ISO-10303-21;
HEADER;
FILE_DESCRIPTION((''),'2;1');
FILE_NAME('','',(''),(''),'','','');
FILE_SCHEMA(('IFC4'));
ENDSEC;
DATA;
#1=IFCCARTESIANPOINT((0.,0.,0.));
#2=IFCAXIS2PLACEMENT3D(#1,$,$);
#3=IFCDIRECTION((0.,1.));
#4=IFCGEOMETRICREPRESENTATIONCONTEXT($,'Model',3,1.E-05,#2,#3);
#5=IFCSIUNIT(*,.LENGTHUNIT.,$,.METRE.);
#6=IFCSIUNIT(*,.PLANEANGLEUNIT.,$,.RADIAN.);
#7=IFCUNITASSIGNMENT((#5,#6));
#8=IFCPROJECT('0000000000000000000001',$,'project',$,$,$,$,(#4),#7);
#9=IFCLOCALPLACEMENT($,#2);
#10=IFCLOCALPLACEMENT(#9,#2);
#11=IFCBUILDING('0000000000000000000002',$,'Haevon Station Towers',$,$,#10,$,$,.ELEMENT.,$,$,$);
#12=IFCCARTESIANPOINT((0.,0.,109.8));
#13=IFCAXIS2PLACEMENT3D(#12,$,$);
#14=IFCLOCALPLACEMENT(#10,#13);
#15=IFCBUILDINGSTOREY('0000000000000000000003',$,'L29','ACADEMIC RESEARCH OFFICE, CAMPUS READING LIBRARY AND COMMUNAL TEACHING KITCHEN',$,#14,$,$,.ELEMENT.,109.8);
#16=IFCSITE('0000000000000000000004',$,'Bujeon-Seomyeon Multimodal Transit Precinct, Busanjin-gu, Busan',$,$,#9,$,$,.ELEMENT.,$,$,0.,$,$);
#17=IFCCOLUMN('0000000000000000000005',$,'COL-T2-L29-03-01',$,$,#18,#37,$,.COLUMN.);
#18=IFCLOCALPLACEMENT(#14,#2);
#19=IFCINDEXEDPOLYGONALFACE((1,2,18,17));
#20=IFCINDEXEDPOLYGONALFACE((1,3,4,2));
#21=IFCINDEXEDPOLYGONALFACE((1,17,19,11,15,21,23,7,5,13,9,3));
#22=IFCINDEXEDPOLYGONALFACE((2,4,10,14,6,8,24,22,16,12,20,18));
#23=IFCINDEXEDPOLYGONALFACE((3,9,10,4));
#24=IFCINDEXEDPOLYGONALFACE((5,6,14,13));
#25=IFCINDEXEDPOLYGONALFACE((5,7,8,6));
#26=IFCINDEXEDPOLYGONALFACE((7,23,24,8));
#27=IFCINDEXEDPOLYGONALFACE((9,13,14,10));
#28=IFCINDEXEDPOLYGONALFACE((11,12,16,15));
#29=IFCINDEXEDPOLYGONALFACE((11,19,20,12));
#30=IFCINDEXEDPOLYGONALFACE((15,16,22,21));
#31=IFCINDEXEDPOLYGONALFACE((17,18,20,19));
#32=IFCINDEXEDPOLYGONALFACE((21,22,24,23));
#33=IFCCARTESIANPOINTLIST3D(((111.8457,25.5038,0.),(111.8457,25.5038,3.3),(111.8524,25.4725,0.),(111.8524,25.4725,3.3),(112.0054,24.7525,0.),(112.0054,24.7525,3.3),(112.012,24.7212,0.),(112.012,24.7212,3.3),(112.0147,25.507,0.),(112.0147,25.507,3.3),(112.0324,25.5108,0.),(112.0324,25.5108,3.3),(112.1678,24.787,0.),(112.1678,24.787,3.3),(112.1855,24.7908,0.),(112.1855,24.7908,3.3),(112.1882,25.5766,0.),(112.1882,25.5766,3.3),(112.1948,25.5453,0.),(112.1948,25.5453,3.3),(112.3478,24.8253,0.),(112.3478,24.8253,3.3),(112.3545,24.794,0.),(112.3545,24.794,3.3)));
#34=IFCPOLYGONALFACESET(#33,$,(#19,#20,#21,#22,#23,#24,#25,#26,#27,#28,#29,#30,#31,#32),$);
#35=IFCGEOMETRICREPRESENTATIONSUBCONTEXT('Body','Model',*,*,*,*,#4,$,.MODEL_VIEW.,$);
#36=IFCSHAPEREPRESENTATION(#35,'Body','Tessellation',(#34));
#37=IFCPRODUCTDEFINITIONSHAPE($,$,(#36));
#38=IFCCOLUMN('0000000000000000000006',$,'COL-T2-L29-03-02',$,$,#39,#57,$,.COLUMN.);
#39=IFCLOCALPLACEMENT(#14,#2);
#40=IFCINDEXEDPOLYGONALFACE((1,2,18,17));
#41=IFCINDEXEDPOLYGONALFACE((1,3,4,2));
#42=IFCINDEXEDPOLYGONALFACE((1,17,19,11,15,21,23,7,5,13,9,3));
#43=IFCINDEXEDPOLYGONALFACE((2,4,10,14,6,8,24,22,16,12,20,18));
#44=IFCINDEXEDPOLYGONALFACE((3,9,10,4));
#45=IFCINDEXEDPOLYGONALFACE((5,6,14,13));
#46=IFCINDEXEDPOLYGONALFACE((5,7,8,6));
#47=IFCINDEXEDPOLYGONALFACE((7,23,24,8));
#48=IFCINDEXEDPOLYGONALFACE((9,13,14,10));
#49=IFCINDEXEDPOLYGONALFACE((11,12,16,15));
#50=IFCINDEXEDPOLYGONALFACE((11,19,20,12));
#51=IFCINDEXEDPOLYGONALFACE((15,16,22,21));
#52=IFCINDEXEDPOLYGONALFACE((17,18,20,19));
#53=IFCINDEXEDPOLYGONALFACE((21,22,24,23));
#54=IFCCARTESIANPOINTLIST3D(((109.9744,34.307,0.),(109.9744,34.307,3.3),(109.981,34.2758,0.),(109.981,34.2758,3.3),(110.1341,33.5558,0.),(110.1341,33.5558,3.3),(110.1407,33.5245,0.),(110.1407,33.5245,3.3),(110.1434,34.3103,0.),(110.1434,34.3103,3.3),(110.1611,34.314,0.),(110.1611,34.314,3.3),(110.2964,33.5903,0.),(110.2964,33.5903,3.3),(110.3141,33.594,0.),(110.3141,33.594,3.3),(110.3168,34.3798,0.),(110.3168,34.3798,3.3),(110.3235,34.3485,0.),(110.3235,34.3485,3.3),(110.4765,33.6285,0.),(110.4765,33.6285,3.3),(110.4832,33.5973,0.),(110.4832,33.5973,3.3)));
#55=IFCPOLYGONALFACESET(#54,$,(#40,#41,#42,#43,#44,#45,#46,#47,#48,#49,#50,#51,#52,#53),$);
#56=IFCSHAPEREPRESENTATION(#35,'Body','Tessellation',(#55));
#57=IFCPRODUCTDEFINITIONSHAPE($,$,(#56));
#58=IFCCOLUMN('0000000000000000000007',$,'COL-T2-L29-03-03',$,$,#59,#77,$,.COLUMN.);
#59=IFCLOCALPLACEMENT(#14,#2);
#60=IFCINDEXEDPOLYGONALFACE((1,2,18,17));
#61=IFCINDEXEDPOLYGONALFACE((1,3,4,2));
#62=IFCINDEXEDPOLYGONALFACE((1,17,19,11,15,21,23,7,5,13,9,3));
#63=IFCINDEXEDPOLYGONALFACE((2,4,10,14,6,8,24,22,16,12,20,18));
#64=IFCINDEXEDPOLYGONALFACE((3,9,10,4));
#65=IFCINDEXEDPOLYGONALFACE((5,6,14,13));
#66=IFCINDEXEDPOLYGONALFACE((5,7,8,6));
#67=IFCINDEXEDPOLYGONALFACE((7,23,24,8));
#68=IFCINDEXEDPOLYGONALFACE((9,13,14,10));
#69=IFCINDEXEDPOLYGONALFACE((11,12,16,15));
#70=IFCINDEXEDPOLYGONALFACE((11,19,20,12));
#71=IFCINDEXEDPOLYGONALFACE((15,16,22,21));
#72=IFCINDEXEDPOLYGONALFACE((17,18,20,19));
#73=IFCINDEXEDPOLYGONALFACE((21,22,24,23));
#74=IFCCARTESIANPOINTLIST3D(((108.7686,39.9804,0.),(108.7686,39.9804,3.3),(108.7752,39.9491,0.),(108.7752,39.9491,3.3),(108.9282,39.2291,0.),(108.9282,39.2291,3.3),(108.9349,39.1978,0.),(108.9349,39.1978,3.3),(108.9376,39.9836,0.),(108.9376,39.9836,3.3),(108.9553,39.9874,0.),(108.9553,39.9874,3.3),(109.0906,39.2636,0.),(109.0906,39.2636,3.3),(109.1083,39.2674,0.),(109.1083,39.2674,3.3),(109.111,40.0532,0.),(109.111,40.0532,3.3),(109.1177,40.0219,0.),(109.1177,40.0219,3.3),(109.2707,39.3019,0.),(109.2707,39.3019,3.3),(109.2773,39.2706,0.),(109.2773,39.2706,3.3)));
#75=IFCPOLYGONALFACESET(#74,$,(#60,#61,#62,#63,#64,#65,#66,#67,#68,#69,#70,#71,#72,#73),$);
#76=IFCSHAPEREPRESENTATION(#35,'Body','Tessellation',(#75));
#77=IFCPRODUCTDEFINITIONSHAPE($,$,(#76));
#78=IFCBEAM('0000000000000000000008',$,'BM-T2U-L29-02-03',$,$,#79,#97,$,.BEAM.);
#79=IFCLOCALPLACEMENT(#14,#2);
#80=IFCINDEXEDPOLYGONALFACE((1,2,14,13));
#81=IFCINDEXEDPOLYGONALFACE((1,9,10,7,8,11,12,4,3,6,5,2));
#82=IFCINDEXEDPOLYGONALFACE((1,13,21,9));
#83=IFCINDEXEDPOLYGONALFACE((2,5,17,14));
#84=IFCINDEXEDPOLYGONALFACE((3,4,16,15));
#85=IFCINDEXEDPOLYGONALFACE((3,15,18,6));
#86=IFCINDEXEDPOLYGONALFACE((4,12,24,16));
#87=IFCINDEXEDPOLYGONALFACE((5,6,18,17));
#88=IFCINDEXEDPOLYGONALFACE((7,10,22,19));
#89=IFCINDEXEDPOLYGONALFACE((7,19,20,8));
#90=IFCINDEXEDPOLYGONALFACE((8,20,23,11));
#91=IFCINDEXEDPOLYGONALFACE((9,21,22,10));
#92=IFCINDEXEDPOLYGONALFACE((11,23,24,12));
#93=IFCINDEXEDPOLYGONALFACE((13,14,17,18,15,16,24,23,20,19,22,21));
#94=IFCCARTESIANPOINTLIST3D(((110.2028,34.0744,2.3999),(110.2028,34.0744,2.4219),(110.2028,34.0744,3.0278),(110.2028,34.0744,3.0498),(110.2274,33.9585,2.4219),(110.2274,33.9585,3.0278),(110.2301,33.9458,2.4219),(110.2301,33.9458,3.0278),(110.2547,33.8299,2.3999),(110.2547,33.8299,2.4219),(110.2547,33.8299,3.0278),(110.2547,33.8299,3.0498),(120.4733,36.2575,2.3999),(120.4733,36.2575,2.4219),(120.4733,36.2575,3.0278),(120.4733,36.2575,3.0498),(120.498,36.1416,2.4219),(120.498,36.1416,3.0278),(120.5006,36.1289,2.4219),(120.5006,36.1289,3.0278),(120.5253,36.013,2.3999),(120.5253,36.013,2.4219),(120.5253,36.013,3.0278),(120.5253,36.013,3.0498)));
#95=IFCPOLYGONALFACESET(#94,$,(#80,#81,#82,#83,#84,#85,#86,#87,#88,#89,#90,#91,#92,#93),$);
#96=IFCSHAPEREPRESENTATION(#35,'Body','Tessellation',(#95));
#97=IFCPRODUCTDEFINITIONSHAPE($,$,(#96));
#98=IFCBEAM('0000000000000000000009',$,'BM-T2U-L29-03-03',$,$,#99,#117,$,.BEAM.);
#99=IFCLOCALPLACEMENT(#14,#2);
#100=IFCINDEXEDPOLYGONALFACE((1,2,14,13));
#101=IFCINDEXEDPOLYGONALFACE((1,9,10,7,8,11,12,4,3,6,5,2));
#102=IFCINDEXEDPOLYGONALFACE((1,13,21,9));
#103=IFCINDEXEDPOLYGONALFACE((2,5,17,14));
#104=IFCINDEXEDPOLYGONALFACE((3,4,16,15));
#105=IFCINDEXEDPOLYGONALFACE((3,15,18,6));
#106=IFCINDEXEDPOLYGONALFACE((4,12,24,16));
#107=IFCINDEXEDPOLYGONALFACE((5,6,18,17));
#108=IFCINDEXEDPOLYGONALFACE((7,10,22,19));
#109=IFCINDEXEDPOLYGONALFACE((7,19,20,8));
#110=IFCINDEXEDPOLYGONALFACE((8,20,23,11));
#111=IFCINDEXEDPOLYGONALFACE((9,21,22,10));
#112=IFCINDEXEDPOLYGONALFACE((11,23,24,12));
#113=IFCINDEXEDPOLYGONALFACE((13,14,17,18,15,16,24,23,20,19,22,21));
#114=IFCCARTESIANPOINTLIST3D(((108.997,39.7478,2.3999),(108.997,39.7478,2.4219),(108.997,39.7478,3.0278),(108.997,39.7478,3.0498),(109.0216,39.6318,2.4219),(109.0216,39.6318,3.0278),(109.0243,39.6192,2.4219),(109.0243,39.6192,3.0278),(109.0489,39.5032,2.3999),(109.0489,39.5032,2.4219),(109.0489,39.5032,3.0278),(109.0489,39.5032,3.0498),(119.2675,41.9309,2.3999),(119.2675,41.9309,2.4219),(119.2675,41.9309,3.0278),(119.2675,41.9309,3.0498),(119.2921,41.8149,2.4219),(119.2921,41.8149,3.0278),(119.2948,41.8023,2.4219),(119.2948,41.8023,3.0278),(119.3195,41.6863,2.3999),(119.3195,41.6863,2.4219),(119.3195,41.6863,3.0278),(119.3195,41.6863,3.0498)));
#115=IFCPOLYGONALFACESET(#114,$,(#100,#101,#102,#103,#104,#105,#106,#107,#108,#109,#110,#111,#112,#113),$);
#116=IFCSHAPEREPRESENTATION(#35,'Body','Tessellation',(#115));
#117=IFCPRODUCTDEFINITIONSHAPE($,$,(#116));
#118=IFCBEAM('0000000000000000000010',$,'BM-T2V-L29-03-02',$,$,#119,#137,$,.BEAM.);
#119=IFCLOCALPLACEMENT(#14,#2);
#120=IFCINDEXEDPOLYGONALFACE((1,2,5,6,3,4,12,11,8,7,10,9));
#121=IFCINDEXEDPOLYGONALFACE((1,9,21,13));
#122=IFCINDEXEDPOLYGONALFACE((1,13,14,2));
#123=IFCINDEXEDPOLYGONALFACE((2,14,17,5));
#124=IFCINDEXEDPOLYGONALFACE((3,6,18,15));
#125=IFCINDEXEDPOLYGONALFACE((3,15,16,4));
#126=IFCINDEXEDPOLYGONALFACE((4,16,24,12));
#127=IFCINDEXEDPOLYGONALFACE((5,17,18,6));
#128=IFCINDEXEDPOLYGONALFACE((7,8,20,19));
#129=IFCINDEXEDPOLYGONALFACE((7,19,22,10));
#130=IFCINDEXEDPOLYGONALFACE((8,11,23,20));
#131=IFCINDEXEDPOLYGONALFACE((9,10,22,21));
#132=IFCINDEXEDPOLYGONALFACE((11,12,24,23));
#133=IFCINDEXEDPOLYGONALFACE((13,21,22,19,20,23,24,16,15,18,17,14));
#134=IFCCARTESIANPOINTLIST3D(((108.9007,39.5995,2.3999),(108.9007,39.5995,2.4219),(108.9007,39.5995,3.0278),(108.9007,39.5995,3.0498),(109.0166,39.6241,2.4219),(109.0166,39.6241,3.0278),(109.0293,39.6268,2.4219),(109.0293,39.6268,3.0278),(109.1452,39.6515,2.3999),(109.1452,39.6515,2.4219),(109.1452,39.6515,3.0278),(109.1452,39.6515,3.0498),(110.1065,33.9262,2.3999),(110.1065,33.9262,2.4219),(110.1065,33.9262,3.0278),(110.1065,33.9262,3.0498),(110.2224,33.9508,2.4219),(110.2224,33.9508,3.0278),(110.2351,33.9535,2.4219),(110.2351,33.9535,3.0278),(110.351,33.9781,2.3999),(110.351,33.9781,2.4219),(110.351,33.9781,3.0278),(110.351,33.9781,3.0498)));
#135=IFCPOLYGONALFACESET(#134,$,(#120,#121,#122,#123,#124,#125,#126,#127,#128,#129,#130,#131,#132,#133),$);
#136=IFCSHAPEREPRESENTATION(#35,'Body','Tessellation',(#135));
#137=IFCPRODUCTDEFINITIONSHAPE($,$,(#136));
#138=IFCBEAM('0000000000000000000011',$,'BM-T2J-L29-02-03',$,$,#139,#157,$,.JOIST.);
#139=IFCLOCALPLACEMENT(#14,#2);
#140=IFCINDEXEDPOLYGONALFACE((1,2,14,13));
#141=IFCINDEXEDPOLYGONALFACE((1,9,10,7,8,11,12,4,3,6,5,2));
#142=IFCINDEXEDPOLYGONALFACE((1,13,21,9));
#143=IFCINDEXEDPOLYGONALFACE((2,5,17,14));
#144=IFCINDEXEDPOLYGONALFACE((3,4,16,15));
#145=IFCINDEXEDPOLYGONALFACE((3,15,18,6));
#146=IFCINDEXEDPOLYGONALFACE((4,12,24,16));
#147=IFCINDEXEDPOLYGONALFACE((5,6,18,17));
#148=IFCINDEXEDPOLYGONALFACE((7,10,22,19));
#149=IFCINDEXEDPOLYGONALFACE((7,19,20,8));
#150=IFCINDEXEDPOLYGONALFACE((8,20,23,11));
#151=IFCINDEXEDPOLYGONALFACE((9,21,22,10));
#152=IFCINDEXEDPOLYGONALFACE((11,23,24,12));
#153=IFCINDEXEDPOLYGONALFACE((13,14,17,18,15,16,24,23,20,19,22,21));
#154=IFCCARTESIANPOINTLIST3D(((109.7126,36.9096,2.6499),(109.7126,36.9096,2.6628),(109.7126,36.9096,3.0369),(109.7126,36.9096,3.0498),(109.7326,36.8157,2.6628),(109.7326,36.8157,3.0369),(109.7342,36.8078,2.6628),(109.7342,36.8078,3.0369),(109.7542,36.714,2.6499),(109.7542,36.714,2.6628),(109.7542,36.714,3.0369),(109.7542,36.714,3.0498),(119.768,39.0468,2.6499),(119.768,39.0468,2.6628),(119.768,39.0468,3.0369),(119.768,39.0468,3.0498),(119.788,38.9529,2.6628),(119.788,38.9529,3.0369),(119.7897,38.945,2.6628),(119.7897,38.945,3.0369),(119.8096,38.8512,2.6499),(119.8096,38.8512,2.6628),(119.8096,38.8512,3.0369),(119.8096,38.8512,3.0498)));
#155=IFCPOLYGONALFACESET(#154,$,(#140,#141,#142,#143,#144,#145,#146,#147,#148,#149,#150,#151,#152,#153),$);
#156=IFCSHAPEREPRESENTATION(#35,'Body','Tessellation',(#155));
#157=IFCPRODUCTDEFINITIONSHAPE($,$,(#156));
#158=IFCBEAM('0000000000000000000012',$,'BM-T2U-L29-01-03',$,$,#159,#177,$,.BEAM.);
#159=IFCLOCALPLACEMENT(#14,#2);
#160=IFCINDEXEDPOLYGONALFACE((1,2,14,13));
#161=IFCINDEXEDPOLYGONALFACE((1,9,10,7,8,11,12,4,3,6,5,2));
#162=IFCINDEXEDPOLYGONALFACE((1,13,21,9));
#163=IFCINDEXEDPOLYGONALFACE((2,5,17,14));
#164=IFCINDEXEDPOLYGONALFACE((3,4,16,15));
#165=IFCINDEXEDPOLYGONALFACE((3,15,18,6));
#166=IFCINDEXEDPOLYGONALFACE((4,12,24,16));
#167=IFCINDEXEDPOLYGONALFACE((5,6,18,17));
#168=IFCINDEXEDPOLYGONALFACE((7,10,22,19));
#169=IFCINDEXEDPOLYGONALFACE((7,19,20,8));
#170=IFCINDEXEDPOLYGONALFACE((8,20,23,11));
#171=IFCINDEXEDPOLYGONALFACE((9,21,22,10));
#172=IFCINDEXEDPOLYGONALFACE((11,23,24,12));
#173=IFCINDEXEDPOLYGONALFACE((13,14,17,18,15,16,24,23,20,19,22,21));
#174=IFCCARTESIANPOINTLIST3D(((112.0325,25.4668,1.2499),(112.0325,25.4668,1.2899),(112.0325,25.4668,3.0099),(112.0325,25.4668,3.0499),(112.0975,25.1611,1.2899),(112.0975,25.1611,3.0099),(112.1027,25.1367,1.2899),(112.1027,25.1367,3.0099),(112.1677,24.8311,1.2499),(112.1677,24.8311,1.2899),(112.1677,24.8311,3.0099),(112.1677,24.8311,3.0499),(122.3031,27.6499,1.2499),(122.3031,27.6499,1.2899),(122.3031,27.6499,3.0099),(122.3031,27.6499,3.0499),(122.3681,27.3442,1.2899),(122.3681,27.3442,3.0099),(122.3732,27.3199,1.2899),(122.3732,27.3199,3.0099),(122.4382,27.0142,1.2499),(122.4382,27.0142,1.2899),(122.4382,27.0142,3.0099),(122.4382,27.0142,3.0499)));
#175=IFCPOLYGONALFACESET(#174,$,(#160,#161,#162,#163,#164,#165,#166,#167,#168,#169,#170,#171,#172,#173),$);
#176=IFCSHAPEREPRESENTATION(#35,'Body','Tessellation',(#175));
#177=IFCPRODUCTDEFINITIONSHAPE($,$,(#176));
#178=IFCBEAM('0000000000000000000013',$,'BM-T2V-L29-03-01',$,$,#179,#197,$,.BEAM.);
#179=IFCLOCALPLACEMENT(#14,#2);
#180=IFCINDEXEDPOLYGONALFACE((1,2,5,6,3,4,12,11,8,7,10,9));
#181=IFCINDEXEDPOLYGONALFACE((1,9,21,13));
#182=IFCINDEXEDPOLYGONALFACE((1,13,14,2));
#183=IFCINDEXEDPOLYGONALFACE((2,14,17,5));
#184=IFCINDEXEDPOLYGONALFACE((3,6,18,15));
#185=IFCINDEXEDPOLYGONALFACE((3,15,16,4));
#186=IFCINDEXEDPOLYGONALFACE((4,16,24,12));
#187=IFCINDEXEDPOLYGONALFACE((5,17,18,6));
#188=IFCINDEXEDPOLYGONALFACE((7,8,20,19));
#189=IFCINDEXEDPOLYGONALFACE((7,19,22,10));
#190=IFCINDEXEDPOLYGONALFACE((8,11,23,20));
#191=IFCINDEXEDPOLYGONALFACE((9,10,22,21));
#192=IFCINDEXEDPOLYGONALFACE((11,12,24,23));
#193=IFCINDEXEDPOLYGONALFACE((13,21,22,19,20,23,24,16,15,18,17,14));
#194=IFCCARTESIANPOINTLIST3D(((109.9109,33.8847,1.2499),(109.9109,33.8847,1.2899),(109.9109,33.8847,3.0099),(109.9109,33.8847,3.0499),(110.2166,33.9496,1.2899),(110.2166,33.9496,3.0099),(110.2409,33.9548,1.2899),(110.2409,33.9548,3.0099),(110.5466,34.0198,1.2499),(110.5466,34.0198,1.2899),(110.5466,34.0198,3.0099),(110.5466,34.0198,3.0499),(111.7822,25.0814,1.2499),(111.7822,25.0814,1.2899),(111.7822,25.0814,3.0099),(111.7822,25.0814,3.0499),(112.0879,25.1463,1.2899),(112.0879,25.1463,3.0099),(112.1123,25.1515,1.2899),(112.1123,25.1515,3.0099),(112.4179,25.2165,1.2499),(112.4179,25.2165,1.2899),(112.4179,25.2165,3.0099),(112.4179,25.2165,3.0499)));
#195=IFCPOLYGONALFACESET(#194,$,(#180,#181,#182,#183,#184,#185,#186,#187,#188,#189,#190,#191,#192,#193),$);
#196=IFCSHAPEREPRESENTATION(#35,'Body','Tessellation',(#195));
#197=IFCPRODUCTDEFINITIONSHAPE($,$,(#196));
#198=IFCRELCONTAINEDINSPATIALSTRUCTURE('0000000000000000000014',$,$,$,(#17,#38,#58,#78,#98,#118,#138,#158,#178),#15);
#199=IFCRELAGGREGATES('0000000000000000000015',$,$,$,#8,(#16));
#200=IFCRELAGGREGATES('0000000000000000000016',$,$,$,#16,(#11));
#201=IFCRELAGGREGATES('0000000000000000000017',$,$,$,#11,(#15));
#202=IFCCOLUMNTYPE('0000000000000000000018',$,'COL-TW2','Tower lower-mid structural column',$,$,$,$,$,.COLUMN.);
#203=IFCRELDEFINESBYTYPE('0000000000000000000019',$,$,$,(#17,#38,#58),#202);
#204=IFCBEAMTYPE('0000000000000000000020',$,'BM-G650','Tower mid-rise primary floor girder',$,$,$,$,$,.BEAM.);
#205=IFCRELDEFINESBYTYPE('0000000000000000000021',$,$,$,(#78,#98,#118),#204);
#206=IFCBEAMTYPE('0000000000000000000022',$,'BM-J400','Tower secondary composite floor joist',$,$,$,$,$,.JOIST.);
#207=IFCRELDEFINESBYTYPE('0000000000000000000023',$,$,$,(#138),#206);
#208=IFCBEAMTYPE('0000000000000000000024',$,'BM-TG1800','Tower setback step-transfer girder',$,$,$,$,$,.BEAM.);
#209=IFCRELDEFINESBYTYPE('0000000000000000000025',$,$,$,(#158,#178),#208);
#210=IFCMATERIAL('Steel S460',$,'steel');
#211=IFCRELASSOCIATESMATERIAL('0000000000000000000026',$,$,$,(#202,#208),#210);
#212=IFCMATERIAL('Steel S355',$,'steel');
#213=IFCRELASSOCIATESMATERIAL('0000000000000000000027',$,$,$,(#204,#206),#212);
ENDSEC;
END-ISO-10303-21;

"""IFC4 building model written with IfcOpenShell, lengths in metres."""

from ifc_helpers import new_model, si_unit, direction, frame, origin, origin_2d, place, context, subcontext, project, spatial, i_section, extrude, material, material_profile, profile_set, type_object, element, save


model = new_model("IFC4")

# Units and contexts
model_context = context("Model", 3, precision=1e-05, world=origin(), true_north=direction((0.0, 1.0)))
body_context = subcontext(model_context, "Body", "Model", "MODEL_VIEW")
ifc_project = project(units=[si_unit("LENGTHUNIT", "METRE"), si_unit("PLANEANGLEUNIT", "RADIAN")], contexts=[model_context])

# Site, building, storey
site_placement = place(None, origin())
site = spatial("IfcSite", under=ifc_project, at=site_placement, Name="Bujeon-Seomyeon Multimodal Transit Precinct, Busanjin-gu, Busan", CompositionType="ELEMENT", RefElevation=0.0)
building_placement = place(site_placement, origin())
building = spatial("IfcBuilding", under=site, at=building_placement, Name="Haevon Station Towers", CompositionType="ELEMENT")
storey_placement = place(building_placement, frame((0.0, 0.0, 109.8)))
storey = spatial("IfcBuildingStorey", under=building, at=storey_placement, Name="L29", Description="ACADEMIC RESEARCH OFFICE, CAMPUS READING LIBRARY AND COMMUNAL TEACHING KITCHEN", CompositionType="ELEMENT", Elevation=109.8)

# Columns
ifc_material_1 = material(Name="Steel S460", Category="steel")
ifc_material_profile_1 = material_profile(ifc_material_1, i_section(OverallWidth=0.3501, OverallDepth=0.8, WebThickness=0.0181, FlangeThickness=0.032, at=origin_2d()), Name="H-800x350x18x32")
ifc_profile_set_1 = profile_set([ifc_material_profile_1], Name="Steel S460")
column_type = type_object("IfcColumnType", Name="COL-TW2", Description="Tower lower-mid structural column", PredefinedType="COLUMN", material=ifc_profile_set_1)
for number, where, z_axis, x_axis, name in (
    (1, (112.1001, 25.1489, 0.0), (0.0, 0.0, 1.0), (0.978148, 0.207912, 0.0), "COL-T2-L29-03-01"),
    (2, (110.2288, 33.9521, 0.0), (0.0, 0.0, 1.0), (0.978148, 0.207912, 0.0), "COL-T2-L29-03-02"),
    (3, (109.0229, 39.6255, 0.0), (0.0, 0.0, 1.0), (0.978148, 0.207912, 0.0), "COL-T2-L29-03-03"),
):
    element("IfcColumn", number, at=place(storey_placement, frame(where, z_axis=z_axis, x_axis=x_axis)), inside=storey, type_object=column_type, Name=name, PredefinedType="COLUMN", context=body_context, shape_type="SweptSolid", body=[
        extrude(i_section(OverallWidth=0.3501, OverallDepth=0.8, WebThickness=0.0181, FlangeThickness=0.032, at=origin_2d()), origin(), (0.0, 0.0, 1.0), 3.3),
    ])

# Beams
ifc_material_2 = material(Name="Steel S355", Category="steel")
ifc_material_profile_2 = material_profile(ifc_material_2, i_section(OverallWidth=0.25, OverallDepth=0.6499, WebThickness=0.0129, FlangeThickness=0.022, at=origin_2d()), Name="H-650x250x13x22")
ifc_profile_set_2 = profile_set([ifc_material_profile_2], Name="Steel S355")
beam_type_1 = type_object("IfcBeamType", Name="BM-G650", Description="Tower mid-rise primary floor girder", PredefinedType="BEAM", material=ifc_profile_set_2)
for number, where, z_axis, x_axis, name in (
    (4, (110.2288, 33.9521, 2.7249), (0.978147, 0.207915, 0.0), (-0.207915, 0.978147, 0.0), "BM-T2U-L29-02-03"),
    (5, (109.0229, 39.6255, 2.7249), (0.978147, 0.207915, 0.0), (-0.207915, 0.978147, 0.0), "BM-T2U-L29-03-03"),
):
    element("IfcBeam", number, at=place(storey_placement, frame(where, z_axis=z_axis, x_axis=x_axis)), inside=storey, type_object=beam_type_1, Name=name, PredefinedType="BEAM", context=body_context, shape_type="SweptSolid", body=[
        extrude(i_section(OverallWidth=0.25, OverallDepth=0.6499, WebThickness=0.0129, FlangeThickness=0.022, at=origin_2d()), origin(), (0.0, 0.0, 1.0), 10.5),
    ])
beam_1_placement = place(storey_placement, frame((110.2288, 33.9521, 2.7249), z_axis=(-0.207896, 0.978151, 0.0), x_axis=(-0.978151, -0.207896, 0.0)))
element("IfcBeam", 6, at=beam_1_placement, inside=storey, type_object=beam_type_1, Name="BM-T2V-L29-03-02", PredefinedType="BEAM", context=body_context, shape_type="SweptSolid", body=[
    extrude(i_section(OverallWidth=0.25, OverallDepth=0.6499, WebThickness=0.0129, FlangeThickness=0.022, at=origin_2d()), origin(), (0.0, 0.0, 1.0), 5.8),
])
ifc_material_profile_3 = material_profile(ifc_material_2, i_section(OverallWidth=0.2, OverallDepth=0.3999, WebThickness=0.0081, FlangeThickness=0.0129, at=origin_2d()), Name="H-400x200x8x13")
ifc_profile_set_3 = profile_set([ifc_material_profile_3], Name="Steel S355")
beam_type_2 = type_object("IfcBeamType", Name="BM-J400", Description="Tower secondary composite floor joist", PredefinedType="JOIST", material=ifc_profile_set_3)
beam_2_placement = place(storey_placement, frame((109.7334, 36.8118, 2.8499), z_axis=(0.97815, 0.207899, 0.0), x_axis=(-0.207899, 0.97815, 0.0)))
element("IfcBeam", 7, at=beam_2_placement, inside=storey, type_object=beam_type_2, Name="BM-T2J-L29-02-03", PredefinedType="JOIST", context=body_context, shape_type="SweptSolid", body=[
    extrude(i_section(OverallWidth=0.2, OverallDepth=0.3999, WebThickness=0.0081, FlangeThickness=0.0129, at=origin_2d()), origin(), (0.0, 0.0, 1.0), 10.28),
])
ifc_material_profile_4 = material_profile(ifc_material_1, i_section(OverallWidth=0.6499, OverallDepth=1.8, WebThickness=0.0249, FlangeThickness=0.04, at=origin_2d()), Name="H-1800x650x25x40")
ifc_profile_set_4 = profile_set([ifc_material_profile_4], Name="Steel S460")
beam_type_3 = type_object("IfcBeamType", Name="BM-TG1800", Description="Tower setback step-transfer girder", PredefinedType="BEAM", material=ifc_profile_set_4)
beam_3_placement = place(storey_placement, frame((112.1001, 25.1489, 2.1499), z_axis=(0.978147, 0.207915, 0.0), x_axis=(-0.207915, 0.978147, 0.0)))
element("IfcBeam", 8, at=beam_3_placement, inside=storey, type_object=beam_type_3, Name="BM-T2U-L29-01-03", PredefinedType="BEAM", context=body_context, shape_type="SweptSolid", body=[
    extrude(i_section(OverallWidth=0.6499, OverallDepth=1.8, WebThickness=0.0249, FlangeThickness=0.04, at=origin_2d()), origin(), (0.0, 0.0, 1.0), 10.5),
])
beam_4_placement = place(storey_placement, frame((112.1001, 25.1489, 2.1499), z_axis=(-0.207928, 0.978144, 0.0), x_axis=(-0.978144, -0.207928, 0.0)))
element("IfcBeam", 9, at=beam_4_placement, inside=storey, type_object=beam_type_3, Name="BM-T2V-L29-03-01", PredefinedType="BEAM", context=body_context, shape_type="SweptSolid", body=[
    extrude(i_section(OverallWidth=0.6499, OverallDepth=1.8, WebThickness=0.0249, FlangeThickness=0.04, at=origin_2d()), origin(), (0.0, 0.0, 1.0), 9.0),
])

save(model, "model.ifc")
